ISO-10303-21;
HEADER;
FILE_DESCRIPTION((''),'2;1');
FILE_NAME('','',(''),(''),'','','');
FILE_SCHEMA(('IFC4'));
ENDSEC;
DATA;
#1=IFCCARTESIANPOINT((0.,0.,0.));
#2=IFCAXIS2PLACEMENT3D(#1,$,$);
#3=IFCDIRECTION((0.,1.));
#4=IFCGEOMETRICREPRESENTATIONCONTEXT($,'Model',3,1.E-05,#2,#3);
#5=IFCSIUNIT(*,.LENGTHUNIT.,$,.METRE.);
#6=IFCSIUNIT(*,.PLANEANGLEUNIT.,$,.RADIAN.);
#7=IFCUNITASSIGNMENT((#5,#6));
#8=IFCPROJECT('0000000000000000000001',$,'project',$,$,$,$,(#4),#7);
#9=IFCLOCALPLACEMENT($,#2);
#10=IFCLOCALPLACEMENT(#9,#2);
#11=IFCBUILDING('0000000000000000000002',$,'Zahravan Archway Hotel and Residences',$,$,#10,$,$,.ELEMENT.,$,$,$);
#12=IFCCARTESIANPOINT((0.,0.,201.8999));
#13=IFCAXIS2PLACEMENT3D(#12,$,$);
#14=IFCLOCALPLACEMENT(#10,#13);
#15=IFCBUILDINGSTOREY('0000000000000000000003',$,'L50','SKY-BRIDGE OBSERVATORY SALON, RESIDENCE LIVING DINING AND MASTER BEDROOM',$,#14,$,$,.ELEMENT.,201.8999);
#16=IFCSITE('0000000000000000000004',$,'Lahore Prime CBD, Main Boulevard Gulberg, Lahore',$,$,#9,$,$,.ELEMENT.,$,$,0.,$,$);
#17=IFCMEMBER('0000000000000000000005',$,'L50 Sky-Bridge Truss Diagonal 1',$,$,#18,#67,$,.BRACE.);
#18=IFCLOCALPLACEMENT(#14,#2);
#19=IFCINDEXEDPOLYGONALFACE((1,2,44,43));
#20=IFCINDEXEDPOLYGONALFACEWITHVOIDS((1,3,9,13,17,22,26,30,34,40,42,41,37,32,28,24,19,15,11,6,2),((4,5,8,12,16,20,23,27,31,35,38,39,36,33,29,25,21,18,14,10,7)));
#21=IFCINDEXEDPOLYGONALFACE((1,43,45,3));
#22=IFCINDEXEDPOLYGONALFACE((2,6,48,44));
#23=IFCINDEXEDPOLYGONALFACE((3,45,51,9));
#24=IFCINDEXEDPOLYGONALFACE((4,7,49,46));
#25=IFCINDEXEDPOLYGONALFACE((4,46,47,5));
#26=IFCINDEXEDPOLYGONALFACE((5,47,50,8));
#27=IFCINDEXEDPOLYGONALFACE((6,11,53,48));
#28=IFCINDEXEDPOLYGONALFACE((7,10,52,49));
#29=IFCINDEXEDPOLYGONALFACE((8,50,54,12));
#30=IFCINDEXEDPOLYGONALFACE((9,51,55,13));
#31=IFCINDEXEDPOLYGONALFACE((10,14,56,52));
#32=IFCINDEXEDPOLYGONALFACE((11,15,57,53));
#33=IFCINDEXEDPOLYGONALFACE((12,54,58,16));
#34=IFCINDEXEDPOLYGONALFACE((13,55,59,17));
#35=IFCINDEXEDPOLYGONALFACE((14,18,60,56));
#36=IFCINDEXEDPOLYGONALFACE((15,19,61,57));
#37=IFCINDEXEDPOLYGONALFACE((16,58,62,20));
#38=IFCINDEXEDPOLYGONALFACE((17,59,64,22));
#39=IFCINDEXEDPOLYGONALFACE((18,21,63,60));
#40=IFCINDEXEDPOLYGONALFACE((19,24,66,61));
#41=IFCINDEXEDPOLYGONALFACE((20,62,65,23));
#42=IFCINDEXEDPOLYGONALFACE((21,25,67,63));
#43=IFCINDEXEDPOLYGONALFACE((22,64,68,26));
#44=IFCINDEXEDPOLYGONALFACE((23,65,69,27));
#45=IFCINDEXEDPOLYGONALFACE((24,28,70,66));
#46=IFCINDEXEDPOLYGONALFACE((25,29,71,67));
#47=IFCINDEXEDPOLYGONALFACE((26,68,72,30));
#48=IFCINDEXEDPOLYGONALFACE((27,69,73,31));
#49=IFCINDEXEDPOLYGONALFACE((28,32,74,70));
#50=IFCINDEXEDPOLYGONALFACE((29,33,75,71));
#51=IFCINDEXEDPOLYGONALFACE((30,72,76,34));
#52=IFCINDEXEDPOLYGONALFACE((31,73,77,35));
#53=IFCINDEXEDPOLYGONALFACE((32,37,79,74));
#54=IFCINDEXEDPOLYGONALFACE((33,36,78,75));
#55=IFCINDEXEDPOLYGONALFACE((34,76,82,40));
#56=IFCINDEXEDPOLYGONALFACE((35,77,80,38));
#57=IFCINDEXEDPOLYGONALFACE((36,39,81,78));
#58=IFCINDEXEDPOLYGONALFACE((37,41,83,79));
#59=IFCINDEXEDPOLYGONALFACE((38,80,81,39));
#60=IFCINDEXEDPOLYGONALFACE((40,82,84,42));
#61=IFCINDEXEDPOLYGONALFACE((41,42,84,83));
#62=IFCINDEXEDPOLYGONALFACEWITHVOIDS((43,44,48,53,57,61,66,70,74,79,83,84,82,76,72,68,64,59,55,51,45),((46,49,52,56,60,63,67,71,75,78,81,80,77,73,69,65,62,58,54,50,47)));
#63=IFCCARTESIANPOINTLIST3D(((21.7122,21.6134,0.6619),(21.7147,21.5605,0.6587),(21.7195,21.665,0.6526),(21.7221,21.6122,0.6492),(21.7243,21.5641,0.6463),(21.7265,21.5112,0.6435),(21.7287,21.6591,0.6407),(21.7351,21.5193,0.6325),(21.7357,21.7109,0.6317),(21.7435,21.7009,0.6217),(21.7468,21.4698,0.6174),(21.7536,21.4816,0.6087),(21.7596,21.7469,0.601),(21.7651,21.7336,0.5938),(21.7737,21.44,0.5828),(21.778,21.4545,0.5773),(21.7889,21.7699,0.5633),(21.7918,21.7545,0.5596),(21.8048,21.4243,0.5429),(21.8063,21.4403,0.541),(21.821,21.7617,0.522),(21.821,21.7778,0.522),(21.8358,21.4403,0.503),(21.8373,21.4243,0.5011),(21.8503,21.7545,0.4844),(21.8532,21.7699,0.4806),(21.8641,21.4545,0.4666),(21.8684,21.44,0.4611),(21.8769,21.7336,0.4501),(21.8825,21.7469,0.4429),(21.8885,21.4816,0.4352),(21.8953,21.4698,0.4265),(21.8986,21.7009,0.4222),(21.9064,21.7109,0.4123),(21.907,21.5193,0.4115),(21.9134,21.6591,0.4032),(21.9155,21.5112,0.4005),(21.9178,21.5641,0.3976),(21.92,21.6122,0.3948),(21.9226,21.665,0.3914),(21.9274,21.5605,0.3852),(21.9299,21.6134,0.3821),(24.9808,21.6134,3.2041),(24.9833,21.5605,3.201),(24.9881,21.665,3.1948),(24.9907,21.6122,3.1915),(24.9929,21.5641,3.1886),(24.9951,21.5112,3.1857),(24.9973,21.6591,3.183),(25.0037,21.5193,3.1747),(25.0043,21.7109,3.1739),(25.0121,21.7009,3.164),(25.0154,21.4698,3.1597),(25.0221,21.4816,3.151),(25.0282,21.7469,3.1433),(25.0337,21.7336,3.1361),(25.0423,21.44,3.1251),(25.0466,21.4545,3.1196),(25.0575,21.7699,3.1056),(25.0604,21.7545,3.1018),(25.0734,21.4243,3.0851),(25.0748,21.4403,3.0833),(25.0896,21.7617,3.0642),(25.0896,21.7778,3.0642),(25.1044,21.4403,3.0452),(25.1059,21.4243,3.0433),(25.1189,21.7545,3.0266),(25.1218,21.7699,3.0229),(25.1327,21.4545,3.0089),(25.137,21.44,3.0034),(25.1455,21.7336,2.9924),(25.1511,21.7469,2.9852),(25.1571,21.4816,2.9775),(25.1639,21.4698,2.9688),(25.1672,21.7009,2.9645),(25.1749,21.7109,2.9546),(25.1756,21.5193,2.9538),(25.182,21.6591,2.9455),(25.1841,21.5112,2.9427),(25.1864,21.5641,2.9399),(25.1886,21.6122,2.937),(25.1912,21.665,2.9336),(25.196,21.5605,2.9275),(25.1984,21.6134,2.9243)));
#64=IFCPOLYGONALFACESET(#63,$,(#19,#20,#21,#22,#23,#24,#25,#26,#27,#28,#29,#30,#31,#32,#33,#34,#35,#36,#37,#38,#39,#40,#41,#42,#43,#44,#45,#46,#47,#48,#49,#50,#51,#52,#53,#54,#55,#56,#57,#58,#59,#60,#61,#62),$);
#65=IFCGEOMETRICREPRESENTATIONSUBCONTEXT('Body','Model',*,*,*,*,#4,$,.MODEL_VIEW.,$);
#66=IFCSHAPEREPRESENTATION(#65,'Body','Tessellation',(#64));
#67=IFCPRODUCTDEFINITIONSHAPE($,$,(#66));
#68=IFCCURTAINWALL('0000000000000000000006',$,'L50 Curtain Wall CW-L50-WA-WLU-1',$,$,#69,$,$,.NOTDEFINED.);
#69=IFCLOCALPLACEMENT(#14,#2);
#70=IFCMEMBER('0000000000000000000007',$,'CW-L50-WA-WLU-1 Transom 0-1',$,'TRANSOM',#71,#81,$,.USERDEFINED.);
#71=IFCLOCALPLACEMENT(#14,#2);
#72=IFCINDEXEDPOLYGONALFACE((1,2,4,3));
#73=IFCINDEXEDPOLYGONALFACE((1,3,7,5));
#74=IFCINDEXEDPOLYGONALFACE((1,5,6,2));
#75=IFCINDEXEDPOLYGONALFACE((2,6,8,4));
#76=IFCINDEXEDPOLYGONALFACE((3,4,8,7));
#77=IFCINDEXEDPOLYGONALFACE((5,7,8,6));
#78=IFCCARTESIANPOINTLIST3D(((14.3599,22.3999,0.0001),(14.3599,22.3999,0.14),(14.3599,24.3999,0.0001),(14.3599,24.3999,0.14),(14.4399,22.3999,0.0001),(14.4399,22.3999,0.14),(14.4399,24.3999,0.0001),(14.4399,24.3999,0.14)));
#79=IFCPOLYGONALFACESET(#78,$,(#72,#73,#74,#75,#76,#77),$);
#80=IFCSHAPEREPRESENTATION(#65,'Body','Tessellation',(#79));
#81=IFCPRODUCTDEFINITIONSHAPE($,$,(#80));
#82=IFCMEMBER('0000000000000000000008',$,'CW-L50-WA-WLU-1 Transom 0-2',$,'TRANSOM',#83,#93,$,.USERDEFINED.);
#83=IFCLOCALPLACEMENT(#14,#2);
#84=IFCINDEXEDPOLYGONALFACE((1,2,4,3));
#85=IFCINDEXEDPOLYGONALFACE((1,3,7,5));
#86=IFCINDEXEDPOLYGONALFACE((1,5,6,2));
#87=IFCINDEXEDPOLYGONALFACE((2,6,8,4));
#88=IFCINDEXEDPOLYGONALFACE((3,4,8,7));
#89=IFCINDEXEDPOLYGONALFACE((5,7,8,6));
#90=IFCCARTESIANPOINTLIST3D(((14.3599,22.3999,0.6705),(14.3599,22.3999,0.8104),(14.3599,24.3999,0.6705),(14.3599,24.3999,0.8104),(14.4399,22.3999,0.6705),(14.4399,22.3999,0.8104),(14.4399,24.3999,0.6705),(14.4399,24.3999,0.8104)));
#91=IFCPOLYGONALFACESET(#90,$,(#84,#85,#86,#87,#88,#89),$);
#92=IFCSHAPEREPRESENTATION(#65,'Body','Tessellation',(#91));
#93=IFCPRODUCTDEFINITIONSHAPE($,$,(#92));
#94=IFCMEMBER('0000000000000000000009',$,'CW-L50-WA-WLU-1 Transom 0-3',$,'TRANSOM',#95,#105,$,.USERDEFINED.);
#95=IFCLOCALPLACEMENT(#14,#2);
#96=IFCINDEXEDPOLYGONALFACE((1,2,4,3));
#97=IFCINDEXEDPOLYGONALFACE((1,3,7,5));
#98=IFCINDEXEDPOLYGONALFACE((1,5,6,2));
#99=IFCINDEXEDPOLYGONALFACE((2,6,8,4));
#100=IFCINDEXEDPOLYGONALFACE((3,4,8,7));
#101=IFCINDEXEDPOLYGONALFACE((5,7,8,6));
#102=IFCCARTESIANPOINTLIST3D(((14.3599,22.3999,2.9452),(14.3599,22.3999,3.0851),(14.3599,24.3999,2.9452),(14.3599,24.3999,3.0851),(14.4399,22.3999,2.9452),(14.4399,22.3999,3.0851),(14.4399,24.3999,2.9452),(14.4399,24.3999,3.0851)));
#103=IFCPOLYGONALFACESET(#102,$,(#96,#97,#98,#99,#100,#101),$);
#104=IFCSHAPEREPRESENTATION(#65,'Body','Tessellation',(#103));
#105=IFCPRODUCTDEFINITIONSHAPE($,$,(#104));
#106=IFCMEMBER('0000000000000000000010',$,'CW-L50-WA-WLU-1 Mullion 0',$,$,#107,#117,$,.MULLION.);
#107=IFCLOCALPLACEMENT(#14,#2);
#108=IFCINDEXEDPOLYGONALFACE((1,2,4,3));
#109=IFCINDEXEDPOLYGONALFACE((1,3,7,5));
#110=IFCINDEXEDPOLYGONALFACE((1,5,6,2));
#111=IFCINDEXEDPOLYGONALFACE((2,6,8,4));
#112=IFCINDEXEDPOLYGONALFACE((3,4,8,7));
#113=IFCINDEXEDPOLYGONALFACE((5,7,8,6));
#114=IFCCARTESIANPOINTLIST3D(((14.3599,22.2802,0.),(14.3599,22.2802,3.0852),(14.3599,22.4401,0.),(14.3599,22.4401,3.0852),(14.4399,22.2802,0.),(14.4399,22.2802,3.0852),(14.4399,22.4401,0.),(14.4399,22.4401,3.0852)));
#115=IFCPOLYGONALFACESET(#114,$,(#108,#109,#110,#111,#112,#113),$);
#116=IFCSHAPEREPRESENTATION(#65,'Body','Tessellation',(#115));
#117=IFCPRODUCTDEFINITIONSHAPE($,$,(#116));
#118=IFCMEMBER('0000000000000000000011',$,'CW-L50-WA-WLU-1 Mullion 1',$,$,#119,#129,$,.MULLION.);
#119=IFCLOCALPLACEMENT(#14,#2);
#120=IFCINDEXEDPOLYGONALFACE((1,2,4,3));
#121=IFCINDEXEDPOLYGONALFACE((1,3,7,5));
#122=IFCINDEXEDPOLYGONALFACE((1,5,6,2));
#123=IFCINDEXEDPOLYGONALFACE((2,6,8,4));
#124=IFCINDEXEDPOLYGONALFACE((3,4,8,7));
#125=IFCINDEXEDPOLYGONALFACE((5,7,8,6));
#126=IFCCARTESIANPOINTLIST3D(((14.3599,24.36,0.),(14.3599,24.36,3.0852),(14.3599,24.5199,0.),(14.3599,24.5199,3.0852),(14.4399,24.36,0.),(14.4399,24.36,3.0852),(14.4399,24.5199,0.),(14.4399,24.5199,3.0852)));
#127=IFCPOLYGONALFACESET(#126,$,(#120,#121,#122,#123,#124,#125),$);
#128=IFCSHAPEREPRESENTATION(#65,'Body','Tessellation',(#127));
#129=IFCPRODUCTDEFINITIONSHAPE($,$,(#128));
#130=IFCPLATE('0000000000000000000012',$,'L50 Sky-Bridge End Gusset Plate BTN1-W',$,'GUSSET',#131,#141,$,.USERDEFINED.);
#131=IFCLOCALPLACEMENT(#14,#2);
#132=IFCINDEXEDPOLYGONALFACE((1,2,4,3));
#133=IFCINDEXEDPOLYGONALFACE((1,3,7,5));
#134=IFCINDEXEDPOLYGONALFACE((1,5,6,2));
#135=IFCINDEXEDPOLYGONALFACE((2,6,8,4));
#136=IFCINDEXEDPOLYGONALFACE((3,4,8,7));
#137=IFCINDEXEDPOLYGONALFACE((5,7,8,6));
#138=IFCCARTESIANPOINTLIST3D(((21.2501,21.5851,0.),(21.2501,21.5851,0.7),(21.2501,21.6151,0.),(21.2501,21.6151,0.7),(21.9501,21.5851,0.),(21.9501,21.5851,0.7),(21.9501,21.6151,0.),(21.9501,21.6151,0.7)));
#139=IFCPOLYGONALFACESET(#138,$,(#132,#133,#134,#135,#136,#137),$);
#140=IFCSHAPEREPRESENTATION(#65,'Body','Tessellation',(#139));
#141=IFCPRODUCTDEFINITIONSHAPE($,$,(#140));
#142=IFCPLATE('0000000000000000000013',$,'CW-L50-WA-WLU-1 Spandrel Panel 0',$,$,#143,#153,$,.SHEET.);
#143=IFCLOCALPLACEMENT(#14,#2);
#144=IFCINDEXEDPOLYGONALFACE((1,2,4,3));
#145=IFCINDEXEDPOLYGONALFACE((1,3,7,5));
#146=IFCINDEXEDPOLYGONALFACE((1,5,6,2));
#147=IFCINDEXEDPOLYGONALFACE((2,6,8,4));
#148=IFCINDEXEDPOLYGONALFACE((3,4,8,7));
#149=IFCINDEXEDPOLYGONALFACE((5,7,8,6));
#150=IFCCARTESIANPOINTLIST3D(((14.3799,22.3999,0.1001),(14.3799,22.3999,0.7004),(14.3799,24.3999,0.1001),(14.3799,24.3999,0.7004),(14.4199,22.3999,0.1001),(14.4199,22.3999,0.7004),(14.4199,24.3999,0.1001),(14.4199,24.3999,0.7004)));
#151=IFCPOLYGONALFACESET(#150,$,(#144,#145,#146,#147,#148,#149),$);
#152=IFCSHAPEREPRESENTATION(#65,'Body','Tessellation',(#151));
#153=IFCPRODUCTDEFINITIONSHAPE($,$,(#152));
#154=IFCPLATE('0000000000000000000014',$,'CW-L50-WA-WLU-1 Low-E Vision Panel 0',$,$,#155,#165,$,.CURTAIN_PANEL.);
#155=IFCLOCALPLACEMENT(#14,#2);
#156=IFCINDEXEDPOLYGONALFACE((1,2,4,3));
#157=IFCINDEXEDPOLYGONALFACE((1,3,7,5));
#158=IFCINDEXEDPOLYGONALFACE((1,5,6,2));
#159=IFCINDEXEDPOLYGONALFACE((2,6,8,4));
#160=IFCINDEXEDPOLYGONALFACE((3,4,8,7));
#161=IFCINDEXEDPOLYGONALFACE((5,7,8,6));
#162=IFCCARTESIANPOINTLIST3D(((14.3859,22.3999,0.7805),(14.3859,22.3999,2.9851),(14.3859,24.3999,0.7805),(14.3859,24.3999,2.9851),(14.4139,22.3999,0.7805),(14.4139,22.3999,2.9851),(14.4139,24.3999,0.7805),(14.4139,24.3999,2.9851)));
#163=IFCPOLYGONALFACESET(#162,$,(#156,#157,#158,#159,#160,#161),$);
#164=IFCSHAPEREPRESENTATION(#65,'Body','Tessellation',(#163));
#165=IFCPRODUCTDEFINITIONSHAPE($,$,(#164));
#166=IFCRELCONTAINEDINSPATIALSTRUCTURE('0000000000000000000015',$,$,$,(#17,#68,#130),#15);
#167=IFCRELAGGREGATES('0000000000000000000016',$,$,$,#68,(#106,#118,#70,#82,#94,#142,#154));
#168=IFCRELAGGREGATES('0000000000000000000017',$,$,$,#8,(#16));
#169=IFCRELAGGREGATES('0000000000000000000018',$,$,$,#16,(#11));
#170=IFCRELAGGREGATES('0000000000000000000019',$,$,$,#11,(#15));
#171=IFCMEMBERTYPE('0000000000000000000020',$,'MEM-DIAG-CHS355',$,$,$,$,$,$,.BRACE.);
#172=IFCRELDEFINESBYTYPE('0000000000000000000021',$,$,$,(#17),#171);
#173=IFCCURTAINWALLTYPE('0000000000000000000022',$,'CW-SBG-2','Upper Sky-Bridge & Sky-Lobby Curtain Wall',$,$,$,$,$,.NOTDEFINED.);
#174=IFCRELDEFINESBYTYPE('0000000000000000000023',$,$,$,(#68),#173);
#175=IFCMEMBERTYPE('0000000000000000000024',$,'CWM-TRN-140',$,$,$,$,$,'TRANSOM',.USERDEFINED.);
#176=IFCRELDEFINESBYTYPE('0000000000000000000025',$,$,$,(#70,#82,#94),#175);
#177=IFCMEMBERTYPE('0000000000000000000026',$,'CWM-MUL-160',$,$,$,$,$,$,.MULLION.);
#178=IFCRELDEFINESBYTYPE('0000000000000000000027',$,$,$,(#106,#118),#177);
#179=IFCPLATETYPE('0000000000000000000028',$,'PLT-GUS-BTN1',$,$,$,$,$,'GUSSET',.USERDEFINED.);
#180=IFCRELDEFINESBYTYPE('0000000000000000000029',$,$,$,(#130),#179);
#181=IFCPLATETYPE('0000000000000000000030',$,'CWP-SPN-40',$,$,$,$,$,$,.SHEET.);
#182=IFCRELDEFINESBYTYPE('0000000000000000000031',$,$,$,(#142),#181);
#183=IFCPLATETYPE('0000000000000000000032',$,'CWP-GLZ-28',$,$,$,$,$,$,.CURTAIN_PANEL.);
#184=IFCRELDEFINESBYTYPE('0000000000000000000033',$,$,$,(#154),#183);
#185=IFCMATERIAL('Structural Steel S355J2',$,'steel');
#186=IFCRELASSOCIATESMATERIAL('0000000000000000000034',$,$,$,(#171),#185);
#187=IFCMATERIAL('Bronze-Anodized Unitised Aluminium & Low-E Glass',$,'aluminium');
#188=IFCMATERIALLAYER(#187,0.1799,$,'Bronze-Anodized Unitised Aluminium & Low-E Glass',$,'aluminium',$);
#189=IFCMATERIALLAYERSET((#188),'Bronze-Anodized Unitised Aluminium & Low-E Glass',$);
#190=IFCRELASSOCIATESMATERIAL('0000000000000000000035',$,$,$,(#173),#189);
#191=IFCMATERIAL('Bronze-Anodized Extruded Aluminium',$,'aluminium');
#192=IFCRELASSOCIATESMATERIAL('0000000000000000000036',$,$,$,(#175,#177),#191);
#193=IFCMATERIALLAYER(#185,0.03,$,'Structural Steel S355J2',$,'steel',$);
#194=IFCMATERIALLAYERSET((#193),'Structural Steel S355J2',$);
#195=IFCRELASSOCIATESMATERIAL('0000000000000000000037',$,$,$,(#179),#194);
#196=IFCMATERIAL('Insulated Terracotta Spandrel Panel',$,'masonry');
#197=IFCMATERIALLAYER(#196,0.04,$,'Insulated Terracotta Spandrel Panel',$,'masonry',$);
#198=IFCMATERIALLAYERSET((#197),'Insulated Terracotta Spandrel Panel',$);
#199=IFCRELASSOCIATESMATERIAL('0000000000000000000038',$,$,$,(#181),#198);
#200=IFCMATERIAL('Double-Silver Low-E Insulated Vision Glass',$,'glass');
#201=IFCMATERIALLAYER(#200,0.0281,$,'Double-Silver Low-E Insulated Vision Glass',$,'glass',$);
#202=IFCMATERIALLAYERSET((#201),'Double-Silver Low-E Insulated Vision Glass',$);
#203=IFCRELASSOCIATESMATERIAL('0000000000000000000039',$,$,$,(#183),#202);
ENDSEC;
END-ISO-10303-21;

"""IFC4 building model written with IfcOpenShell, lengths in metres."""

from ifc_helpers import new_model, si_unit, direction, frame, origin, origin_2d, place, context, subcontext, project, spatial, rectangle, hollow_circle, extrude, source, transform, mapped, material, layer, layer_set, material_profile, profile_set, type_object, type_shapes, element, aggregate, save


model = new_model("IFC4")

# Units and contexts
model_context = context("Model", 3, precision=1e-05, world=origin(), true_north=direction((0.0, 1.0)))
body_context = subcontext(model_context, "Body", "Model", "MODEL_VIEW")
ifc_project = project(units=[si_unit("LENGTHUNIT", "METRE"), si_unit("PLANEANGLEUNIT", "RADIAN")], contexts=[model_context])

# Site, building, storey
site_placement = place(None, origin())
site = spatial("IfcSite", under=ifc_project, at=site_placement, Name="Lahore Prime CBD, Main Boulevard Gulberg, Lahore", CompositionType="ELEMENT", RefElevation=0.0)
building_placement = place(site_placement, origin())
building = spatial("IfcBuilding", under=site, at=building_placement, Name="Zahravan Archway Hotel and Residences", CompositionType="ELEMENT")
storey_placement = place(building_placement, frame((0.0, 0.0, 201.8999)))
storey = spatial("IfcBuildingStorey", under=building, at=storey_placement, Name="L50", Description="SKY-BRIDGE OBSERVATORY SALON, RESIDENCE LIVING DINING AND MASTER BEDROOM", CompositionType="ELEMENT", Elevation=201.8999)

# Member
ifc_material_1 = material(Name="Structural Steel S355J2", Category="steel")
ifc_material_profile_1 = material_profile(ifc_material_1, hollow_circle(Radius=0.1777, WallThickness=0.0161, at=origin_2d()), Name="CHS 355.6x16", Category="steel")
ifc_profile_set_1 = profile_set([ifc_material_profile_1], Name="Structural Steel S355J2")
member_type_1 = type_object("IfcMemberType", Name="MEM-DIAG-CHS355", PredefinedType="BRACE", material=ifc_profile_set_1)
shared_shape_1 = source(origin(), body_context, "Body", "SweptSolid", [
    extrude(hollow_circle(Radius=0.1777, WallThickness=0.0161, at=origin_2d()), origin(), (0.0, 0.0, 1.0), 4.1409),
])
member_1_placement = place(storey_placement, frame((21.821, 21.6001, 0.522), z_axis=(0.789349, 0.0, 0.613945), x_axis=(0.0, 1.0, 0.0)))
element("IfcMember", 1, at=member_1_placement, inside=storey, type_object=member_type_1, Name="L50 Sky-Bridge Truss Diagonal 1", PredefinedType="BRACE", context=body_context, shape_type="MappedRepresentation", body=[
    mapped(shared_shape_1, transform((0.0, 0.0, 0.0), scale=1.0)),
])

# Curtain wall, members
ifc_material_2 = material(Name="Bronze-Anodized Unitised Aluminium & Low-E Glass", Category="aluminium")
ifc_layer_1 = layer(ifc_material_2, 0.1799, Name="Bronze-Anodized Unitised Aluminium & Low-E Glass", Category="aluminium")
ifc_layer_set_1 = layer_set([ifc_layer_1], Name="Bronze-Anodized Unitised Aluminium & Low-E Glass")
curtain_wall_type = type_object("IfcCurtainWallType", Name="CW-SBG-2", Description="Upper Sky-Bridge & Sky-Lobby Curtain Wall", PredefinedType="NOTDEFINED", material=ifc_layer_set_1)
curtain_wall_placement = place(storey_placement, origin())
curtain_wall = element("IfcCurtainWall", 2, at=curtain_wall_placement, inside=storey, type_object=curtain_wall_type, Name="L50 Curtain Wall CW-L50-WA-WLU-1", PredefinedType="NOTDEFINED")
ifc_material_3 = material(Name="Bronze-Anodized Extruded Aluminium", Category="aluminium")
ifc_material_profile_2 = material_profile(ifc_material_3, rectangle(XDim=0.0801, YDim=0.1399, at=origin_2d()), Name="TRN 80x140", Category="aluminium")
ifc_profile_set_2 = profile_set([ifc_material_profile_2], Name="Bronze-Anodized Extruded Aluminium")
member_type_2 = type_object("IfcMemberType", Name="CWM-TRN-140", ElementType="TRANSOM", PredefinedType="USERDEFINED", material=ifc_profile_set_2)
shared_shape_2 = source(origin(), body_context, "Body", "SweptSolid", [
    extrude(rectangle(XDim=0.0801, YDim=0.1399, at=origin_2d()), origin(), (0.0, 0.0, 1.0), 2.0),
])
member_2_placement = place(storey_placement, frame((14.3999, 22.3999, 0.0701), z_axis=(0.0, 1.0, 0.0), x_axis=(-1.0, 0.0, 0.0)))
member_2 = element("IfcMember", 3, at=member_2_placement, type_object=member_type_2, Name="CW-L50-WA-WLU-1 Transom 0-1", ObjectType="TRANSOM", PredefinedType="USERDEFINED", context=body_context, shape_type="MappedRepresentation", body=[
    mapped(shared_shape_2, transform((0.0, 0.0, 0.0), scale=1.0)),
])
member_3_placement = place(storey_placement, frame((14.3999, 22.3999, 0.7405), z_axis=(0.0, 1.0, 0.0), x_axis=(-1.0, 0.0, 0.0)))
member_3 = element("IfcMember", 4, at=member_3_placement, type_object=member_type_2, Name="CW-L50-WA-WLU-1 Transom 0-2", ObjectType="TRANSOM", PredefinedType="USERDEFINED", context=body_context, shape_type="MappedRepresentation", body=[
    mapped(shared_shape_2, transform((0.0, 0.0, 0.0), scale=1.0)),
])
member_4_placement = place(storey_placement, frame((14.3999, 22.3999, 3.0151), z_axis=(0.0, 1.0, 0.0), x_axis=(-1.0, 0.0, 0.0)))
member_4 = element("IfcMember", 5, at=member_4_placement, type_object=member_type_2, Name="CW-L50-WA-WLU-1 Transom 0-3", ObjectType="TRANSOM", PredefinedType="USERDEFINED", context=body_context, shape_type="MappedRepresentation", body=[
    mapped(shared_shape_2, transform((0.0, 0.0, 0.0), scale=1.0)),
])
ifc_material_profile_3 = material_profile(ifc_material_3, rectangle(XDim=0.0801, YDim=0.1599, at=origin_2d()), Name="MUL 80x160", Category="aluminium")
ifc_profile_set_3 = profile_set([ifc_material_profile_3], Name="Bronze-Anodized Extruded Aluminium")
member_type_3 = type_object("IfcMemberType", Name="CWM-MUL-160", PredefinedType="MULLION", material=ifc_profile_set_3)
shared_shape_3 = source(origin(), body_context, "Body", "SweptSolid", [
    extrude(rectangle(XDim=0.0801, YDim=0.1599, at=origin_2d()), origin(), (0.0, 0.0, 1.0), 3.0852),
])
member_5_placement = place(storey_placement, frame((14.3999, 22.3601, 0.0), z_axis=(0.0, 0.0, 1.0), x_axis=(1.0, 0.0, 0.0)))
member_5 = element("IfcMember", 6, at=member_5_placement, type_object=member_type_3, Name="CW-L50-WA-WLU-1 Mullion 0", PredefinedType="MULLION", context=body_context, shape_type="MappedRepresentation", body=[
    mapped(shared_shape_3, transform((0.0, 0.0, 0.0), scale=1.0)),
])
member_6_placement = place(storey_placement, frame((14.3999, 24.4399, 0.0), z_axis=(0.0, 0.0, 1.0), x_axis=(1.0, 0.0, 0.0)))
member_6 = element("IfcMember", 7, at=member_6_placement, type_object=member_type_3, Name="CW-L50-WA-WLU-1 Mullion 1", PredefinedType="MULLION", context=body_context, shape_type="MappedRepresentation", body=[
    mapped(shared_shape_3, transform((0.0, 0.0, 0.0), scale=1.0)),
])

# Plates
ifc_layer_2 = layer(ifc_material_1, 0.03, Name="Structural Steel S355J2", Category="steel")
ifc_layer_set_2 = layer_set([ifc_layer_2], Name="Structural Steel S355J2")
plate_type_1 = type_object("IfcPlateType", Name="PLT-GUS-BTN1", ElementType="GUSSET", PredefinedType="USERDEFINED", material=ifc_layer_set_2)
shared_shape_4 = source(origin(), body_context, "Body", "SweptSolid", [
    extrude(rectangle(XDim=0.7, YDim=0.03, at=origin_2d()), origin(), (0.0, 0.0, 1.0), 0.7),
])
type_shapes(plate_type_1, [shared_shape_4])
plate_1_placement = place(storey_placement, frame((21.6001, 21.6001, 0.0), z_axis=(0.0, 0.0, 1.0), x_axis=(1.0, 0.0, 0.0)))
element("IfcPlate", 8, at=plate_1_placement, inside=storey, type_object=plate_type_1, Name="L50 Sky-Bridge End Gusset Plate BTN1-W", ObjectType="GUSSET", PredefinedType="USERDEFINED", context=body_context, shape_type="MappedRepresentation", body=[
    mapped(shared_shape_4, transform((0.0, 0.0, 0.0), scale=1.0)),
])
ifc_material_4 = material(Name="Insulated Terracotta Spandrel Panel", Category="masonry")
ifc_layer_3 = layer(ifc_material_4, 0.04, Name="Insulated Terracotta Spandrel Panel", Category="masonry")
ifc_layer_set_3 = layer_set([ifc_layer_3], Name="Insulated Terracotta Spandrel Panel")
plate_type_2 = type_object("IfcPlateType", Name="CWP-SPN-40", PredefinedType="SHEET", material=ifc_layer_set_3)
shared_shape_5 = source(origin(), body_context, "Body", "SweptSolid", [
    extrude(rectangle(XDim=2.0, YDim=0.04, at=origin_2d()), origin(), (0.0, 0.0, 1.0), 0.6003),
])
plate_2_placement = place(storey_placement, frame((14.3999, 23.3999, 0.1001), z_axis=(0.0, 0.0, 1.0), x_axis=(0.0, 1.0, 0.0)))
plate_2 = element("IfcPlate", 9, at=plate_2_placement, type_object=plate_type_2, Name="CW-L50-WA-WLU-1 Spandrel Panel 0", PredefinedType="SHEET", context=body_context, shape_type="MappedRepresentation", body=[
    mapped(shared_shape_5, transform((0.0, 0.0, 0.0), scale=1.0)),
])
ifc_material_5 = material(Name="Double-Silver Low-E Insulated Vision Glass", Category="glass")
ifc_layer_4 = layer(ifc_material_5, 0.0281, Name="Double-Silver Low-E Insulated Vision Glass", Category="glass")
ifc_layer_set_4 = layer_set([ifc_layer_4], Name="Double-Silver Low-E Insulated Vision Glass")
plate_type_3 = type_object("IfcPlateType", Name="CWP-GLZ-28", PredefinedType="CURTAIN_PANEL", material=ifc_layer_set_4)
shared_shape_6 = source(origin(), body_context, "Body", "SweptSolid", [
    extrude(rectangle(XDim=2.0, YDim=0.0281, at=origin_2d()), origin(), (0.0, 0.0, 1.0), 2.2046),
])
plate_3_placement = place(storey_placement, frame((14.3999, 23.3999, 0.7805), z_axis=(0.0, 0.0, 1.0), x_axis=(0.0, 1.0, 0.0)))
plate_3 = element("IfcPlate", 10, at=plate_3_placement, type_object=plate_type_3, Name="CW-L50-WA-WLU-1 Low-E Vision Panel 0", PredefinedType="CURTAIN_PANEL", context=body_context, shape_type="MappedRepresentation", body=[
    mapped(shared_shape_6, transform((0.0, 0.0, 0.0), scale=1.0)),
])
aggregate(curtain_wall, [member_5, member_6, member_2, member_3, member_4, plate_2, plate_3])

save(model, "model.ifc")
